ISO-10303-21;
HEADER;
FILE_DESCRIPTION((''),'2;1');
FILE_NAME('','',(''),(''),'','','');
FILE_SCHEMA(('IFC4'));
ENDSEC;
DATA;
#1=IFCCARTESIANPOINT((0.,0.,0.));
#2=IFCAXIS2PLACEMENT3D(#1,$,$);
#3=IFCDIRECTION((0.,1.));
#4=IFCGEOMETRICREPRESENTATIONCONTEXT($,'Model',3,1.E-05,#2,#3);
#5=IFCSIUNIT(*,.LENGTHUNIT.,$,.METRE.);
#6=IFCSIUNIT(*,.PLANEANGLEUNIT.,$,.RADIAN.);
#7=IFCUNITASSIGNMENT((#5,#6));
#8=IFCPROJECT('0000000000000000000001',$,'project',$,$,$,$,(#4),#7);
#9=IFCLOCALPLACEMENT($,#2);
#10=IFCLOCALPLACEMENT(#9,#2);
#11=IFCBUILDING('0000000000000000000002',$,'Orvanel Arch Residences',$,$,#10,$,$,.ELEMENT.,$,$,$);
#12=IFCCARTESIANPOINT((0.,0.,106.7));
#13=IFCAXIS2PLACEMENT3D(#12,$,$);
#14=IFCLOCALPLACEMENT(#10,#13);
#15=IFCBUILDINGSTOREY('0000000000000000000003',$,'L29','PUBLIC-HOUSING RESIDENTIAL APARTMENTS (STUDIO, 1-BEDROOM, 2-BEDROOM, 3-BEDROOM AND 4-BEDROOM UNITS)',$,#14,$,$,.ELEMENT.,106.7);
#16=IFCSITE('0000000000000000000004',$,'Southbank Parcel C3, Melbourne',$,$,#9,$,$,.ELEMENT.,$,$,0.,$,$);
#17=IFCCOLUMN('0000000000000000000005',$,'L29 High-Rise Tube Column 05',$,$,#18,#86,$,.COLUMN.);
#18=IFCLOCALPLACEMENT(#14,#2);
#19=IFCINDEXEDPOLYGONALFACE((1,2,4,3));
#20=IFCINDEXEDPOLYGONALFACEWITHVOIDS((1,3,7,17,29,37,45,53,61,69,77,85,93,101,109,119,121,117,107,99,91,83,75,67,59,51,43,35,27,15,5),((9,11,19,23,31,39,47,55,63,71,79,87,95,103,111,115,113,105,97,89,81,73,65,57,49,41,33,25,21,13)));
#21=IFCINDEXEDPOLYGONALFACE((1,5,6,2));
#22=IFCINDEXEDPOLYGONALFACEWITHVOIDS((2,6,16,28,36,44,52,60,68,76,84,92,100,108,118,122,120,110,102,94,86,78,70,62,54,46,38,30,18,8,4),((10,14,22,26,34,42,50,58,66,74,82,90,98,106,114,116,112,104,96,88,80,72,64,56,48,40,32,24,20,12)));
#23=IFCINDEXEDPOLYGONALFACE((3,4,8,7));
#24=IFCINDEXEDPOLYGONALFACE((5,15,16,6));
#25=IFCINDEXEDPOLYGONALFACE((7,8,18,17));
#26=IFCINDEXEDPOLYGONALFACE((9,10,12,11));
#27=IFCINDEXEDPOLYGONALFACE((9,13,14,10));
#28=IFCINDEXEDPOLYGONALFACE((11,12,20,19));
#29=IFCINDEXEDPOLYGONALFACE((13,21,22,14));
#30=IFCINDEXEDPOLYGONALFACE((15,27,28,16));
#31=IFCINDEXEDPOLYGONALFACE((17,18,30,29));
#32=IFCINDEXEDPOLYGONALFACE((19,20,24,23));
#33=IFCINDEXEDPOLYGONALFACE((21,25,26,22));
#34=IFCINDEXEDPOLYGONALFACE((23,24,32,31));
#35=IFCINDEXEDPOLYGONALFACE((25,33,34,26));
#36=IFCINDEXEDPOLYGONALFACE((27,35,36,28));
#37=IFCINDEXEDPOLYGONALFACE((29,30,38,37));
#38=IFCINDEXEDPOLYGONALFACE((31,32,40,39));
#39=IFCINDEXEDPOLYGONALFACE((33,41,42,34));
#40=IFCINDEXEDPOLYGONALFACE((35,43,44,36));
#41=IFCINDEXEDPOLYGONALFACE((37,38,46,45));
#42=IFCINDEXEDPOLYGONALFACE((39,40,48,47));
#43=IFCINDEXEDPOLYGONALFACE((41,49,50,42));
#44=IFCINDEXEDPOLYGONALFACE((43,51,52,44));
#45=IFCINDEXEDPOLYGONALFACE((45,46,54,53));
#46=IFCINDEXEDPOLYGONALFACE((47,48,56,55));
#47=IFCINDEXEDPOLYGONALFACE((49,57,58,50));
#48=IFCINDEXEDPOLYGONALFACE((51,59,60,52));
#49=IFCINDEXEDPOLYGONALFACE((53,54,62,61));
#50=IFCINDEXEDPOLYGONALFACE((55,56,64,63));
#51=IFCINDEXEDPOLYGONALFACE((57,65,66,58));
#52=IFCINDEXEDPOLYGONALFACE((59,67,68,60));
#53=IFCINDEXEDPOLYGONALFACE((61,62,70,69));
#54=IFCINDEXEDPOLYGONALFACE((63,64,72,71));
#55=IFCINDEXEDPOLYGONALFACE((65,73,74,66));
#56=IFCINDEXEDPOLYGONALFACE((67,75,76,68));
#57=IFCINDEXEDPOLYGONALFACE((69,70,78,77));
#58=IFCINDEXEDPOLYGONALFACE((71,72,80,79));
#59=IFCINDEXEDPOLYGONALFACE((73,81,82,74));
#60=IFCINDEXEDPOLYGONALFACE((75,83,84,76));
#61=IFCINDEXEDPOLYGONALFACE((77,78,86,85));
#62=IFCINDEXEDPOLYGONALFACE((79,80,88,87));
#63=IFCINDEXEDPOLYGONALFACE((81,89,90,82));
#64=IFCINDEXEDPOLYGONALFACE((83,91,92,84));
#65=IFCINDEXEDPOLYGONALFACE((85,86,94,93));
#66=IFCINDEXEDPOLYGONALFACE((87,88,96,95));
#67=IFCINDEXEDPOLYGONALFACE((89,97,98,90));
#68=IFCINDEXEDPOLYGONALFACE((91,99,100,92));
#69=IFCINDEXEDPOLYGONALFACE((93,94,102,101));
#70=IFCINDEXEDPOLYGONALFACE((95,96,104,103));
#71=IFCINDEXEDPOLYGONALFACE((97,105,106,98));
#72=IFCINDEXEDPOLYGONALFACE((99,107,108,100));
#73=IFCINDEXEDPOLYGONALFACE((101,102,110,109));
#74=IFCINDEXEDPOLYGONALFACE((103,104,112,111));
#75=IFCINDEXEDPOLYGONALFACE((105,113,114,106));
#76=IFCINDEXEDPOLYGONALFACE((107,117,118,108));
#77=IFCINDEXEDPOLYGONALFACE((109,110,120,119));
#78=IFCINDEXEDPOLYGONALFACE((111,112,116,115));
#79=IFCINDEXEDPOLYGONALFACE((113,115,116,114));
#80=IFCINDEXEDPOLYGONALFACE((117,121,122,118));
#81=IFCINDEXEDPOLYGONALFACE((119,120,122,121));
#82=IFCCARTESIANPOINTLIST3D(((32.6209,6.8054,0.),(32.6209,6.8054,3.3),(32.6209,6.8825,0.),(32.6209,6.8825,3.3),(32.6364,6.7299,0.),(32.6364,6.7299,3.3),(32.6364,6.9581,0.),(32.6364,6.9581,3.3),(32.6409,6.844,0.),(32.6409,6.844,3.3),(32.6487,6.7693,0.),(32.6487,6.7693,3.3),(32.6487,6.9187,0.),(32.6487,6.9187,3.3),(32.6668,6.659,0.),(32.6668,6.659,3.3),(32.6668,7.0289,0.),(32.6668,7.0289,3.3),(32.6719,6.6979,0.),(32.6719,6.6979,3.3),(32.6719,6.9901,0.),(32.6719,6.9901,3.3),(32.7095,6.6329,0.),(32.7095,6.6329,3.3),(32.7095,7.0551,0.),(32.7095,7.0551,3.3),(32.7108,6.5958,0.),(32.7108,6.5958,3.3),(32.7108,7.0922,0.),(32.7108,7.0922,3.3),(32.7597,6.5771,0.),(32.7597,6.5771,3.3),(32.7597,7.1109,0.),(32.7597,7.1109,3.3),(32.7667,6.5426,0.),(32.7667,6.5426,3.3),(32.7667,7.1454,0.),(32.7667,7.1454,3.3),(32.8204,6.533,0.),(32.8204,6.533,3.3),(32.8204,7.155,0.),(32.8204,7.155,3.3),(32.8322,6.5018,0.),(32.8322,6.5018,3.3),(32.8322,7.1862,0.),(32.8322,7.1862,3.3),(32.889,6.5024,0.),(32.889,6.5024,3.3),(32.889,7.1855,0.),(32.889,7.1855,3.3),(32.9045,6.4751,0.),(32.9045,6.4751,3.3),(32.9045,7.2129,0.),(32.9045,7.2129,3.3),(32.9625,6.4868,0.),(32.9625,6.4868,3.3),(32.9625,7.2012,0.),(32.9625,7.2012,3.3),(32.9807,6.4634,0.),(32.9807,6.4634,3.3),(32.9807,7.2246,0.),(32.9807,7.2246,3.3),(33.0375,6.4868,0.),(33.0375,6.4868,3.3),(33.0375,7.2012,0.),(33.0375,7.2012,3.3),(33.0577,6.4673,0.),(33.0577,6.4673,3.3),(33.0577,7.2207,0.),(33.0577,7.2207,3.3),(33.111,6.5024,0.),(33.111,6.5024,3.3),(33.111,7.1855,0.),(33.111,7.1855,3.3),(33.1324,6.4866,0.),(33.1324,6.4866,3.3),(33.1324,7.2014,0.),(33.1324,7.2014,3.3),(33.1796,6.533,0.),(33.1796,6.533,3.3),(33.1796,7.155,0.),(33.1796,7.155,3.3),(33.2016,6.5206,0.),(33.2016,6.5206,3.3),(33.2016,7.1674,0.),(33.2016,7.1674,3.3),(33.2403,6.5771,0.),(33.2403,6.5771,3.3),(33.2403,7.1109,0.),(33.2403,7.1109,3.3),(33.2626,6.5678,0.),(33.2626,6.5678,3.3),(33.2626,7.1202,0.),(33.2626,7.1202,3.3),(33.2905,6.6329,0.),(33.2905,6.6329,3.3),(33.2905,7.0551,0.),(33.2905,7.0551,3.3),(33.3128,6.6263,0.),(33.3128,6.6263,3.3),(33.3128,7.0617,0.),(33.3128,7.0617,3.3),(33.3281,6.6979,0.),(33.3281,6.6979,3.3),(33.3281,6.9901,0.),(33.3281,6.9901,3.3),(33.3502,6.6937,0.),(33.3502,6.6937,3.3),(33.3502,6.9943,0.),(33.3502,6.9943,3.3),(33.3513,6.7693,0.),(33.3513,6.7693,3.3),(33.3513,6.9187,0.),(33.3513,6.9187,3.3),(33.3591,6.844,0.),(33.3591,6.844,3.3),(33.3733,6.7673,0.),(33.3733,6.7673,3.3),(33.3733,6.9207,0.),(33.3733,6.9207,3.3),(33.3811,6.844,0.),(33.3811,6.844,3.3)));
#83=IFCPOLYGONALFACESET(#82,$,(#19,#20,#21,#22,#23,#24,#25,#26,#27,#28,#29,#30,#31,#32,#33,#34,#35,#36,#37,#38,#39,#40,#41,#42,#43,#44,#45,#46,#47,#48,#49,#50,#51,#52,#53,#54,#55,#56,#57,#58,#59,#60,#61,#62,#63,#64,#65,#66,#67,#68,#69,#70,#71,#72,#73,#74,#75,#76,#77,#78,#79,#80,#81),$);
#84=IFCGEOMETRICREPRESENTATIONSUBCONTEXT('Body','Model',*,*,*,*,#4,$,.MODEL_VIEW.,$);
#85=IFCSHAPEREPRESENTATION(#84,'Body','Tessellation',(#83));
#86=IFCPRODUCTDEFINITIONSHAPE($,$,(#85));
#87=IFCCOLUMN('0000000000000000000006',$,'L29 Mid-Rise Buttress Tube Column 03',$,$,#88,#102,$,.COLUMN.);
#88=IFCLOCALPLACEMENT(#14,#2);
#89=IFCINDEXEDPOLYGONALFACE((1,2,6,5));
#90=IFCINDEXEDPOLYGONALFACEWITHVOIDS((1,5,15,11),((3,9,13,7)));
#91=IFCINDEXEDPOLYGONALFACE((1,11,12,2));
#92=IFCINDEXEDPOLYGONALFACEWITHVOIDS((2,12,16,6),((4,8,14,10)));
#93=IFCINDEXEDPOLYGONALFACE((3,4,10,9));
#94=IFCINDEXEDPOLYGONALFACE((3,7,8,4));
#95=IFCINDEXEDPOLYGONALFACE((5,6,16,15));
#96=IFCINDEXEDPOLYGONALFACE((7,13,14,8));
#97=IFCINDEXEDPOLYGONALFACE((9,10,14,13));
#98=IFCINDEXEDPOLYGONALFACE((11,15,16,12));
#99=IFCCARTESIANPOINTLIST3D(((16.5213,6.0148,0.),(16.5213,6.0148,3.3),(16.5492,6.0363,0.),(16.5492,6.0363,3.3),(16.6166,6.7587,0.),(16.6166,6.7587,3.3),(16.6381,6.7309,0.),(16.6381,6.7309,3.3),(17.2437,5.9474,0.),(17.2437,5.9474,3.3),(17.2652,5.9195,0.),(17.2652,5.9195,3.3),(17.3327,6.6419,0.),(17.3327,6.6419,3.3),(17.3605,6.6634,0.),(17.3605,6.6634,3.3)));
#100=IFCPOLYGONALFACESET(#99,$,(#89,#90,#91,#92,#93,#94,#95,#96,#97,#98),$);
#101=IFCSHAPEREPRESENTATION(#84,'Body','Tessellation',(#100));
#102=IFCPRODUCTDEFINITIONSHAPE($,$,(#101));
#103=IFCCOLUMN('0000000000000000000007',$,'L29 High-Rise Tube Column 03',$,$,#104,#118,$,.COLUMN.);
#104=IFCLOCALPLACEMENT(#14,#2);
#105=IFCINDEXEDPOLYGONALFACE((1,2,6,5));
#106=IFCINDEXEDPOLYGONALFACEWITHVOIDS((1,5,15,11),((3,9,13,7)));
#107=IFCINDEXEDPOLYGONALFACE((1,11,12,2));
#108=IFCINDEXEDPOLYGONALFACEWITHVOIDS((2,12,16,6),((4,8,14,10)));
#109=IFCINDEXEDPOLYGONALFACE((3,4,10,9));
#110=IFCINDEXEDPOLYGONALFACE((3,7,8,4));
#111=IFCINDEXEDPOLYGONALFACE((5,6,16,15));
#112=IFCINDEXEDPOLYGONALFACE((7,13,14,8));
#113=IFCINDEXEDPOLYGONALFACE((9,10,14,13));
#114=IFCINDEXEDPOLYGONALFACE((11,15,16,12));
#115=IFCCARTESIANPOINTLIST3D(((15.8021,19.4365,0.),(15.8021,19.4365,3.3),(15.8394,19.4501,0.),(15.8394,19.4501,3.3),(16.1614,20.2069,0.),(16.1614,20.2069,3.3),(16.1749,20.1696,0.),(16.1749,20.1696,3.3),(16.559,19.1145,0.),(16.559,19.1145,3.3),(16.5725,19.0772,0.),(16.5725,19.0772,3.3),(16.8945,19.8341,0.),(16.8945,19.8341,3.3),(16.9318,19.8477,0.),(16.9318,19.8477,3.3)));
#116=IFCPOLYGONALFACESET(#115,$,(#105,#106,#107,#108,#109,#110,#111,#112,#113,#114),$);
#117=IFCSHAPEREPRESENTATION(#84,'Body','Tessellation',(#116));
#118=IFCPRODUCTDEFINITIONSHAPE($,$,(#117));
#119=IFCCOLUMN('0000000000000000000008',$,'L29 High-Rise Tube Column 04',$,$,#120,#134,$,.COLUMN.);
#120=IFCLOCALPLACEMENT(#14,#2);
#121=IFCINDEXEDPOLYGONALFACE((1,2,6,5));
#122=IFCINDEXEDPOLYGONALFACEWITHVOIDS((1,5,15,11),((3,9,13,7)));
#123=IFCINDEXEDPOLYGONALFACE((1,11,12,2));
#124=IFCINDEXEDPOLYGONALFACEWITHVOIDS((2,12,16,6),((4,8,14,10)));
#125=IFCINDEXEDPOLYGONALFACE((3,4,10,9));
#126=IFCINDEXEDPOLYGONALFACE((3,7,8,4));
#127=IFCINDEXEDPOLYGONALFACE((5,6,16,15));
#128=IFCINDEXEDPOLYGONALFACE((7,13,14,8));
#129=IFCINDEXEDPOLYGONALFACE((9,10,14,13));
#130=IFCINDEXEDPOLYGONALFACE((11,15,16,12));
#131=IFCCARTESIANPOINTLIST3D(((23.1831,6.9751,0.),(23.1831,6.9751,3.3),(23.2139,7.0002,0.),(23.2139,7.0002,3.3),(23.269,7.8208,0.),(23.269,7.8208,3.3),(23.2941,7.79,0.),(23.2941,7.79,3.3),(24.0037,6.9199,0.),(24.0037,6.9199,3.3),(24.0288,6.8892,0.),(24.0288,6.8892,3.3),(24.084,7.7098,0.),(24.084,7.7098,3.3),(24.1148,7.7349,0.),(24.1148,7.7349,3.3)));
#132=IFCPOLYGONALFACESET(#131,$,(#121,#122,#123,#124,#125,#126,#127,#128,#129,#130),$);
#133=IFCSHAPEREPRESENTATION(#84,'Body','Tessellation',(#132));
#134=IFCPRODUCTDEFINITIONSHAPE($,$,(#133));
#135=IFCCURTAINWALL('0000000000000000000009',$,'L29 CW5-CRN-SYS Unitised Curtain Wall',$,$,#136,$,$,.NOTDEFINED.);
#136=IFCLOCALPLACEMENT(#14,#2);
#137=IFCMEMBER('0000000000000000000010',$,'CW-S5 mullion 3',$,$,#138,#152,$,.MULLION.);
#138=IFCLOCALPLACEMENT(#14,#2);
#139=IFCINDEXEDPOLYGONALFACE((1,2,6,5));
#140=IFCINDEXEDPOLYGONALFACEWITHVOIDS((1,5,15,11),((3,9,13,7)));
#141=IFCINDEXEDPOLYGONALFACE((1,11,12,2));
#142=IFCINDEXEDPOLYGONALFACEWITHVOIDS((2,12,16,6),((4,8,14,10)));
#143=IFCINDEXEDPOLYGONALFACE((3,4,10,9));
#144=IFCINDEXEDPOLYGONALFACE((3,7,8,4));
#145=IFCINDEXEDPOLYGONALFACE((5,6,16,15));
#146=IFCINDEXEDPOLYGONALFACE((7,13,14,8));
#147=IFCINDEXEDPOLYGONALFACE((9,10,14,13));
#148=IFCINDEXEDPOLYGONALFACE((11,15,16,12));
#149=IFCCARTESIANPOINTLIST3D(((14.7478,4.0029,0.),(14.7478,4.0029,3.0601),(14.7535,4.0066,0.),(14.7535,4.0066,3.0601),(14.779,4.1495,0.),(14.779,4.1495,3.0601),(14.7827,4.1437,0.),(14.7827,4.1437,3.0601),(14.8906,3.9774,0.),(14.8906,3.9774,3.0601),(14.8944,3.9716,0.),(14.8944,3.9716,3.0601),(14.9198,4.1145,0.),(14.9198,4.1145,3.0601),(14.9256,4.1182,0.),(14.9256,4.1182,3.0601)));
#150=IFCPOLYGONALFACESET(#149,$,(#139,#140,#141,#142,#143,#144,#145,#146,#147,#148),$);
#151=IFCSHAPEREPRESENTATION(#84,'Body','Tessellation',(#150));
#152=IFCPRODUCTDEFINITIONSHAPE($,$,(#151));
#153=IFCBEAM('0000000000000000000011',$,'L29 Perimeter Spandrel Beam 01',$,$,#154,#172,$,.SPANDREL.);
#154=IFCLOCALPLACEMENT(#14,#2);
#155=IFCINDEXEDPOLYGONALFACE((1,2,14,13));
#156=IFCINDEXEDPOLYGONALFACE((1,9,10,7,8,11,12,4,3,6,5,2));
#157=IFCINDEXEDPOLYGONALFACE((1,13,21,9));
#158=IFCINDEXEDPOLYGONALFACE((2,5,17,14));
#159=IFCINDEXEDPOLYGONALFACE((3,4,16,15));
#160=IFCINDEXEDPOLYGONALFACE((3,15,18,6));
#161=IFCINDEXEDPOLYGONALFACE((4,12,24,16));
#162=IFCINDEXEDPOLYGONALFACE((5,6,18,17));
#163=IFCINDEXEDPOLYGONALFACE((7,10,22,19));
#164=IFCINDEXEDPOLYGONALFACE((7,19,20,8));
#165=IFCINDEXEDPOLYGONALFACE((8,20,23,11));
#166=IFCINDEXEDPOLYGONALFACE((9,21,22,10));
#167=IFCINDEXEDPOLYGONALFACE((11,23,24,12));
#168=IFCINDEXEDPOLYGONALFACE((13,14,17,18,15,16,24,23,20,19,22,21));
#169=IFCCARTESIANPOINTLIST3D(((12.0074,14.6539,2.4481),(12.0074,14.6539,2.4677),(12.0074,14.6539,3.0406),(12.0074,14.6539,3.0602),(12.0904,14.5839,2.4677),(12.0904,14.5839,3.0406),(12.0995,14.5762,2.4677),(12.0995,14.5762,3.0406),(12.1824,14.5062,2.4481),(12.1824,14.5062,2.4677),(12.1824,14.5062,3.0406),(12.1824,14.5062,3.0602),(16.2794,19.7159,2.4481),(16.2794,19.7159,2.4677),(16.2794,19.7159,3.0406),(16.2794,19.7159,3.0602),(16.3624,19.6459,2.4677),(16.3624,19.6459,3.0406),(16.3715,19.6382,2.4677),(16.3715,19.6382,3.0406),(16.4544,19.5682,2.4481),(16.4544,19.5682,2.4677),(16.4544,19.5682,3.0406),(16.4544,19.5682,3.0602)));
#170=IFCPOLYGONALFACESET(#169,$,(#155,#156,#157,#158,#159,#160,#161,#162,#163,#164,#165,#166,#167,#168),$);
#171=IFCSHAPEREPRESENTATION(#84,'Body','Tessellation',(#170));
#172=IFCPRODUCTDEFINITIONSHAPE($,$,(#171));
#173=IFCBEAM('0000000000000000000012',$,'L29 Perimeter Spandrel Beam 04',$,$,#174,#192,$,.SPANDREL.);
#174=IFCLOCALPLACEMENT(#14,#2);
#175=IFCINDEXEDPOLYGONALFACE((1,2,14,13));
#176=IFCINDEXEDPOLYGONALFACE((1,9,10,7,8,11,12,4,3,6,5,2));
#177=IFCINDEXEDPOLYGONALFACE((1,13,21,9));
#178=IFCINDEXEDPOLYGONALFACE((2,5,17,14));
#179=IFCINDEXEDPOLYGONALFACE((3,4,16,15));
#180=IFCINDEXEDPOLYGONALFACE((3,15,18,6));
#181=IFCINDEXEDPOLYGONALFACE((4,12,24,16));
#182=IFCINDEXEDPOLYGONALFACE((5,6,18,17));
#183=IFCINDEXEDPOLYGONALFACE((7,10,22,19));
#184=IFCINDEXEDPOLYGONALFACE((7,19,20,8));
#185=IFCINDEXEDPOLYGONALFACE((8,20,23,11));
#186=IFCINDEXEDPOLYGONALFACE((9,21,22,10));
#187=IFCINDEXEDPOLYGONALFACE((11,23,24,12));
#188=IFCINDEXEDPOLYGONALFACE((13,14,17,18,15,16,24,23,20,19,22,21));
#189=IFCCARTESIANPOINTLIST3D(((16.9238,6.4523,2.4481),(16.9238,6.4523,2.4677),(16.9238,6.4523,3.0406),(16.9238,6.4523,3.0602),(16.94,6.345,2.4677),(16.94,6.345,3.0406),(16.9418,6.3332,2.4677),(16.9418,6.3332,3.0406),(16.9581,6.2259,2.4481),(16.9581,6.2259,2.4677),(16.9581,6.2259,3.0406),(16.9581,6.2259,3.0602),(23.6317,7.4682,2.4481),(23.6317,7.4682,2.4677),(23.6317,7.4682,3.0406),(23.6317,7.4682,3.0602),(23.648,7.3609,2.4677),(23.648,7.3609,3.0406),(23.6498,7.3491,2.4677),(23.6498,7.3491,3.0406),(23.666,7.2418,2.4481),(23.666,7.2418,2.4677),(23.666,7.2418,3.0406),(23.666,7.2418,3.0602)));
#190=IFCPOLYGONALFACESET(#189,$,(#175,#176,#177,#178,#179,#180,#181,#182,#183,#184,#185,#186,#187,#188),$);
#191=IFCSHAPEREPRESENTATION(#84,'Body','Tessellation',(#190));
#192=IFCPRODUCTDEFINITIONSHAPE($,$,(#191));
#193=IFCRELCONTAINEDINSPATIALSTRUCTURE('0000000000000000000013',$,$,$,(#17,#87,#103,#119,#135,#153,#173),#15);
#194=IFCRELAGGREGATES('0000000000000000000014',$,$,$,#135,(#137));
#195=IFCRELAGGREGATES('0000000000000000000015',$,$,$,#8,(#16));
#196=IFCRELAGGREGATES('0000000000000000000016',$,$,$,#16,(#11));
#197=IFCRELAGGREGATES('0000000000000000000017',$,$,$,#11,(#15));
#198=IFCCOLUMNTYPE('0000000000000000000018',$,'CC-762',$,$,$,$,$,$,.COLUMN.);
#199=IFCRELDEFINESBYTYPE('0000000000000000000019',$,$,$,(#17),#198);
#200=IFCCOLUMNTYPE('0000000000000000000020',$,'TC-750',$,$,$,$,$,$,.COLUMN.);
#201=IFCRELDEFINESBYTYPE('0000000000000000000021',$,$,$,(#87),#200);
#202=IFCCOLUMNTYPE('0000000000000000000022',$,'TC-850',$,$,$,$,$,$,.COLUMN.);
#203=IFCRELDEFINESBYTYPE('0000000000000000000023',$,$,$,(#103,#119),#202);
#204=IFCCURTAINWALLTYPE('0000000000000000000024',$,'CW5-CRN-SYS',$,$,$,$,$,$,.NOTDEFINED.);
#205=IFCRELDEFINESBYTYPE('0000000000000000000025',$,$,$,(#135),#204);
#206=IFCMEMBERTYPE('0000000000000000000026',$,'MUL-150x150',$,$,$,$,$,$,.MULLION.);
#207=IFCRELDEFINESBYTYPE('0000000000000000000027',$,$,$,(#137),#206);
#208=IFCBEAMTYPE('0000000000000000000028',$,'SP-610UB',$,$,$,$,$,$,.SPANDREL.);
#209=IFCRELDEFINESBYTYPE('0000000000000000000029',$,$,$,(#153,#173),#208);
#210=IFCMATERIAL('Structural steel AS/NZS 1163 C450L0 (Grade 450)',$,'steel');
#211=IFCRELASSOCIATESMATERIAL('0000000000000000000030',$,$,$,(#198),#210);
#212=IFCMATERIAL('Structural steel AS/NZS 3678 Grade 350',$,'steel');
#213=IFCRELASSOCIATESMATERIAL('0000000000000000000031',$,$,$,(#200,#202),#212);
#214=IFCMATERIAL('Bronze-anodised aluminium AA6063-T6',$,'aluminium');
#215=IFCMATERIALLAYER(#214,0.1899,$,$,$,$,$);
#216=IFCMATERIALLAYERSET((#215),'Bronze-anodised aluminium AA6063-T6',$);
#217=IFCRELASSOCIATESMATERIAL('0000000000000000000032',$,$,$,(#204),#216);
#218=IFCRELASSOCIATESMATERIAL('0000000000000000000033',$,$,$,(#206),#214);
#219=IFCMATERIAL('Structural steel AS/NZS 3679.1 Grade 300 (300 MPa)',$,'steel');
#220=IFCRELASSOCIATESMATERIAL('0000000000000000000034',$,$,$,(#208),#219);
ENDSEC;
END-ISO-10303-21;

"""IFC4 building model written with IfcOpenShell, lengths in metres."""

from ifc_helpers import new_model, si_unit, direction, frame, origin, origin_2d, place, context, subcontext, project, spatial, hollow_rectangle, hollow_circle, i_section, extrude, material, layer, layer_set, material_profile, profile_set, type_object, element, aggregate, save


model = new_model("IFC4")

# Units and contexts
model_context = context("Model", 3, precision=1e-05, world=origin(), true_north=direction((0.0, 1.0)))
body_context = subcontext(model_context, "Body", "Model", "MODEL_VIEW")
ifc_project = project(units=[si_unit("LENGTHUNIT", "METRE"), si_unit("PLANEANGLEUNIT", "RADIAN")], contexts=[model_context])

# Site, building, storey
site_placement = place(None, origin())
site = spatial("IfcSite", under=ifc_project, at=site_placement, Name="Southbank Parcel C3, Melbourne", CompositionType="ELEMENT", RefElevation=0.0)
building_placement = place(site_placement, origin())
building = spatial("IfcBuilding", under=site, at=building_placement, Name="Orvanel Arch Residences", CompositionType="ELEMENT")
storey_placement = place(building_placement, frame((0.0, 0.0, 106.7)))
storey = spatial("IfcBuildingStorey", under=building, at=storey_placement, Name="L29", Description="PUBLIC-HOUSING RESIDENTIAL APARTMENTS (STUDIO, 1-BEDROOM, 2-BEDROOM, 3-BEDROOM AND 4-BEDROOM UNITS)", CompositionType="ELEMENT", Elevation=106.7)

# Columns
ifc_material_1 = material(Name="Structural steel AS/NZS 1163 C450L0 (Grade 450)", Category="steel")
ifc_material_profile_1 = material_profile(ifc_material_1, hollow_circle(Radius=0.3811, WallThickness=0.022, at=origin_2d()), Name="CHS762x22")
ifc_profile_set_1 = profile_set([ifc_material_profile_1], Name="Structural steel AS/NZS 1163 C450L0 (Grade 450)")
column_type_1 = type_object("IfcColumnType", Name="CC-762", PredefinedType="COLUMN", material=ifc_profile_set_1)
column_1_placement = place(storey_placement, frame((33.0, 6.844, 0.0), z_axis=(0.0, 0.0, 1.0), x_axis=(1.0, 0.0, 0.0)))
element("IfcColumn", 1, at=column_1_placement, inside=storey, type_object=column_type_1, Name="L29 High-Rise Tube Column 05", PredefinedType="COLUMN", context=body_context, shape_type="SweptSolid", body=[
    extrude(hollow_circle(Radius=0.3811, WallThickness=0.022, at=origin_2d()), origin(), (0.0, 0.0, 1.0), 3.3),
])
ifc_material_2 = material(Name="Structural steel AS/NZS 3678 Grade 350", Category="steel")
ifc_material_profile_2 = material_profile(ifc_material_2, hollow_rectangle(XDim=0.75, YDim=0.75, WallThickness=0.0249, at=origin_2d()), Name="BOX750x750x25")
ifc_profile_set_2 = profile_set([ifc_material_profile_2], Name="Structural steel AS/NZS 3678 Grade 350")
column_type_2 = type_object("IfcColumnType", Name="TC-750", PredefinedType="COLUMN", material=ifc_profile_set_2)
column_2_placement = place(storey_placement, frame((16.9409, 6.3391, 0.0), z_axis=(0.0, 0.0, 1.0), x_axis=(-0.991894, 0.127065, 0.0)))
element("IfcColumn", 2, at=column_2_placement, inside=storey, type_object=column_type_2, Name="L29 Mid-Rise Buttress Tube Column 03", PredefinedType="COLUMN", context=body_context, shape_type="SweptSolid", body=[
    extrude(hollow_rectangle(XDim=0.75, YDim=0.75, WallThickness=0.0249, at=origin_2d()), origin(), (0.0, 0.0, 1.0), 3.3),
])
ifc_material_profile_3 = material_profile(ifc_material_2, hollow_rectangle(XDim=0.8501, YDim=0.8501, WallThickness=0.0281, at=origin_2d()), Name="BOX850x850x28")
ifc_profile_set_3 = profile_set([ifc_material_profile_3], Name="Structural steel AS/NZS 3678 Grade 350")
column_type_3 = type_object("IfcColumnType", Name="TC-850", PredefinedType="COLUMN", material=ifc_profile_set_3)
for number, where, z_axis, x_axis, name in (
    (3, (16.3669, 19.6421, 0.0), (0.0, 0.0, 1.0), (0.422618, 0.906308, 0.0), "L29 High-Rise Tube Column 03"),
    (4, (23.6489, 7.355, 0.0), (0.0, 0.0, 1.0), (-0.994881, 0.101056, 0.0), "L29 High-Rise Tube Column 04"),
):
    element("IfcColumn", number, at=place(storey_placement, frame(where, z_axis=z_axis, x_axis=x_axis)), inside=storey, type_object=column_type_3, Name=name, PredefinedType="COLUMN", context=body_context, shape_type="SweptSolid", body=[
        extrude(hollow_rectangle(XDim=0.8501, YDim=0.8501, WallThickness=0.0281, at=origin_2d()), origin(), (0.0, 0.0, 1.0), 3.3),
    ])

# Curtain wall, member
ifc_material_3 = material(Name="Bronze-anodised aluminium AA6063-T6", Category="aluminium")
ifc_layer_1 = layer(ifc_material_3, 0.1899)
ifc_layer_set_1 = layer_set([ifc_layer_1], Name="Bronze-anodised aluminium AA6063-T6")
curtain_wall_type = type_object("IfcCurtainWallType", Name="CW5-CRN-SYS", PredefinedType="NOTDEFINED", material=ifc_layer_set_1)
curtain_wall_placement = place(storey_placement, origin())
curtain_wall = element("IfcCurtainWall", 5, at=curtain_wall_placement, inside=storey, type_object=curtain_wall_type, Name="L29 CW5-CRN-SYS Unitised Curtain Wall", PredefinedType="NOTDEFINED")
ifc_material_profile_4 = material_profile(ifc_material_3, hollow_rectangle(XDim=0.1499, YDim=0.1499, WallThickness=0.0049, at=origin_2d()), Name="ALU150x150x5")
ifc_profile_set_4 = profile_set([ifc_material_profile_4], Name="Bronze-anodised aluminium AA6063-T6")
member_type = type_object("IfcMemberType", Name="MUL-150x150", PredefinedType="MULLION", material=ifc_profile_set_4)
member_placement = place(storey_placement, frame((14.8367, 4.0605, 0.0), z_axis=(0.0, 0.0, 1.0), x_axis=(0.208295, 0.978066, 0.0)))
member = element("IfcMember", 6, at=member_placement, type_object=member_type, Name="CW-S5 mullion 3", PredefinedType="MULLION", context=body_context, shape_type="SweptSolid", body=[
    extrude(hollow_rectangle(XDim=0.1499, YDim=0.1499, WallThickness=0.0049, at=origin_2d()), origin(), (0.0, 0.0, 1.0), 3.0601),
])
aggregate(curtain_wall, [member])

# Beams
ifc_material_4 = material(Name="Structural steel AS/NZS 3679.1 Grade 300 (300 MPa)", Category="steel")
ifc_material_profile_5 = material_profile(ifc_material_4, i_section(OverallWidth=0.229, OverallDepth=0.6121, WebThickness=0.012, FlangeThickness=0.0195, at=origin_2d()), Name="610UB125")
ifc_profile_set_5 = profile_set([ifc_material_profile_5], Name="Structural steel AS/NZS 3679.1 Grade 300 (300 MPa)")
beam_type = type_object("IfcBeamType", Name="SP-610UB", PredefinedType="SPANDREL", material=ifc_profile_set_5)
beam_1_placement = place(storey_placement, frame((16.3669, 19.6421, 2.7542), z_axis=(-0.64495, -0.764224, 0.0), x_axis=(0.764224, -0.64495, 0.0)))
element("IfcBeam", 7, at=beam_1_placement, inside=storey, type_object=beam_type, Name="L29 Perimeter Spandrel Beam 01", PredefinedType="SPANDREL", context=body_context, shape_type="SweptSolid", body=[
    extrude(i_section(OverallWidth=0.229, OverallDepth=0.6121, WebThickness=0.012, FlangeThickness=0.0195, at=origin_2d()), origin(), (0.0, 0.0, 1.0), 6.6238),
])
beam_2_placement = place(storey_placement, frame((16.9409, 6.3391, 2.7542), z_axis=(0.988726, 0.149734, 0.0), x_axis=(-0.149734, 0.988726, 0.0)))
element("IfcBeam", 8, at=beam_2_placement, inside=storey, type_object=beam_type, Name="L29 Perimeter Spandrel Beam 04", PredefinedType="SPANDREL", context=body_context, shape_type="SweptSolid", body=[
    extrude(i_section(OverallWidth=0.229, OverallDepth=0.6121, WebThickness=0.012, FlangeThickness=0.0195, at=origin_2d()), origin(), (0.0, 0.0, 1.0), 6.7844),
])

save(model, "model.ifc")
